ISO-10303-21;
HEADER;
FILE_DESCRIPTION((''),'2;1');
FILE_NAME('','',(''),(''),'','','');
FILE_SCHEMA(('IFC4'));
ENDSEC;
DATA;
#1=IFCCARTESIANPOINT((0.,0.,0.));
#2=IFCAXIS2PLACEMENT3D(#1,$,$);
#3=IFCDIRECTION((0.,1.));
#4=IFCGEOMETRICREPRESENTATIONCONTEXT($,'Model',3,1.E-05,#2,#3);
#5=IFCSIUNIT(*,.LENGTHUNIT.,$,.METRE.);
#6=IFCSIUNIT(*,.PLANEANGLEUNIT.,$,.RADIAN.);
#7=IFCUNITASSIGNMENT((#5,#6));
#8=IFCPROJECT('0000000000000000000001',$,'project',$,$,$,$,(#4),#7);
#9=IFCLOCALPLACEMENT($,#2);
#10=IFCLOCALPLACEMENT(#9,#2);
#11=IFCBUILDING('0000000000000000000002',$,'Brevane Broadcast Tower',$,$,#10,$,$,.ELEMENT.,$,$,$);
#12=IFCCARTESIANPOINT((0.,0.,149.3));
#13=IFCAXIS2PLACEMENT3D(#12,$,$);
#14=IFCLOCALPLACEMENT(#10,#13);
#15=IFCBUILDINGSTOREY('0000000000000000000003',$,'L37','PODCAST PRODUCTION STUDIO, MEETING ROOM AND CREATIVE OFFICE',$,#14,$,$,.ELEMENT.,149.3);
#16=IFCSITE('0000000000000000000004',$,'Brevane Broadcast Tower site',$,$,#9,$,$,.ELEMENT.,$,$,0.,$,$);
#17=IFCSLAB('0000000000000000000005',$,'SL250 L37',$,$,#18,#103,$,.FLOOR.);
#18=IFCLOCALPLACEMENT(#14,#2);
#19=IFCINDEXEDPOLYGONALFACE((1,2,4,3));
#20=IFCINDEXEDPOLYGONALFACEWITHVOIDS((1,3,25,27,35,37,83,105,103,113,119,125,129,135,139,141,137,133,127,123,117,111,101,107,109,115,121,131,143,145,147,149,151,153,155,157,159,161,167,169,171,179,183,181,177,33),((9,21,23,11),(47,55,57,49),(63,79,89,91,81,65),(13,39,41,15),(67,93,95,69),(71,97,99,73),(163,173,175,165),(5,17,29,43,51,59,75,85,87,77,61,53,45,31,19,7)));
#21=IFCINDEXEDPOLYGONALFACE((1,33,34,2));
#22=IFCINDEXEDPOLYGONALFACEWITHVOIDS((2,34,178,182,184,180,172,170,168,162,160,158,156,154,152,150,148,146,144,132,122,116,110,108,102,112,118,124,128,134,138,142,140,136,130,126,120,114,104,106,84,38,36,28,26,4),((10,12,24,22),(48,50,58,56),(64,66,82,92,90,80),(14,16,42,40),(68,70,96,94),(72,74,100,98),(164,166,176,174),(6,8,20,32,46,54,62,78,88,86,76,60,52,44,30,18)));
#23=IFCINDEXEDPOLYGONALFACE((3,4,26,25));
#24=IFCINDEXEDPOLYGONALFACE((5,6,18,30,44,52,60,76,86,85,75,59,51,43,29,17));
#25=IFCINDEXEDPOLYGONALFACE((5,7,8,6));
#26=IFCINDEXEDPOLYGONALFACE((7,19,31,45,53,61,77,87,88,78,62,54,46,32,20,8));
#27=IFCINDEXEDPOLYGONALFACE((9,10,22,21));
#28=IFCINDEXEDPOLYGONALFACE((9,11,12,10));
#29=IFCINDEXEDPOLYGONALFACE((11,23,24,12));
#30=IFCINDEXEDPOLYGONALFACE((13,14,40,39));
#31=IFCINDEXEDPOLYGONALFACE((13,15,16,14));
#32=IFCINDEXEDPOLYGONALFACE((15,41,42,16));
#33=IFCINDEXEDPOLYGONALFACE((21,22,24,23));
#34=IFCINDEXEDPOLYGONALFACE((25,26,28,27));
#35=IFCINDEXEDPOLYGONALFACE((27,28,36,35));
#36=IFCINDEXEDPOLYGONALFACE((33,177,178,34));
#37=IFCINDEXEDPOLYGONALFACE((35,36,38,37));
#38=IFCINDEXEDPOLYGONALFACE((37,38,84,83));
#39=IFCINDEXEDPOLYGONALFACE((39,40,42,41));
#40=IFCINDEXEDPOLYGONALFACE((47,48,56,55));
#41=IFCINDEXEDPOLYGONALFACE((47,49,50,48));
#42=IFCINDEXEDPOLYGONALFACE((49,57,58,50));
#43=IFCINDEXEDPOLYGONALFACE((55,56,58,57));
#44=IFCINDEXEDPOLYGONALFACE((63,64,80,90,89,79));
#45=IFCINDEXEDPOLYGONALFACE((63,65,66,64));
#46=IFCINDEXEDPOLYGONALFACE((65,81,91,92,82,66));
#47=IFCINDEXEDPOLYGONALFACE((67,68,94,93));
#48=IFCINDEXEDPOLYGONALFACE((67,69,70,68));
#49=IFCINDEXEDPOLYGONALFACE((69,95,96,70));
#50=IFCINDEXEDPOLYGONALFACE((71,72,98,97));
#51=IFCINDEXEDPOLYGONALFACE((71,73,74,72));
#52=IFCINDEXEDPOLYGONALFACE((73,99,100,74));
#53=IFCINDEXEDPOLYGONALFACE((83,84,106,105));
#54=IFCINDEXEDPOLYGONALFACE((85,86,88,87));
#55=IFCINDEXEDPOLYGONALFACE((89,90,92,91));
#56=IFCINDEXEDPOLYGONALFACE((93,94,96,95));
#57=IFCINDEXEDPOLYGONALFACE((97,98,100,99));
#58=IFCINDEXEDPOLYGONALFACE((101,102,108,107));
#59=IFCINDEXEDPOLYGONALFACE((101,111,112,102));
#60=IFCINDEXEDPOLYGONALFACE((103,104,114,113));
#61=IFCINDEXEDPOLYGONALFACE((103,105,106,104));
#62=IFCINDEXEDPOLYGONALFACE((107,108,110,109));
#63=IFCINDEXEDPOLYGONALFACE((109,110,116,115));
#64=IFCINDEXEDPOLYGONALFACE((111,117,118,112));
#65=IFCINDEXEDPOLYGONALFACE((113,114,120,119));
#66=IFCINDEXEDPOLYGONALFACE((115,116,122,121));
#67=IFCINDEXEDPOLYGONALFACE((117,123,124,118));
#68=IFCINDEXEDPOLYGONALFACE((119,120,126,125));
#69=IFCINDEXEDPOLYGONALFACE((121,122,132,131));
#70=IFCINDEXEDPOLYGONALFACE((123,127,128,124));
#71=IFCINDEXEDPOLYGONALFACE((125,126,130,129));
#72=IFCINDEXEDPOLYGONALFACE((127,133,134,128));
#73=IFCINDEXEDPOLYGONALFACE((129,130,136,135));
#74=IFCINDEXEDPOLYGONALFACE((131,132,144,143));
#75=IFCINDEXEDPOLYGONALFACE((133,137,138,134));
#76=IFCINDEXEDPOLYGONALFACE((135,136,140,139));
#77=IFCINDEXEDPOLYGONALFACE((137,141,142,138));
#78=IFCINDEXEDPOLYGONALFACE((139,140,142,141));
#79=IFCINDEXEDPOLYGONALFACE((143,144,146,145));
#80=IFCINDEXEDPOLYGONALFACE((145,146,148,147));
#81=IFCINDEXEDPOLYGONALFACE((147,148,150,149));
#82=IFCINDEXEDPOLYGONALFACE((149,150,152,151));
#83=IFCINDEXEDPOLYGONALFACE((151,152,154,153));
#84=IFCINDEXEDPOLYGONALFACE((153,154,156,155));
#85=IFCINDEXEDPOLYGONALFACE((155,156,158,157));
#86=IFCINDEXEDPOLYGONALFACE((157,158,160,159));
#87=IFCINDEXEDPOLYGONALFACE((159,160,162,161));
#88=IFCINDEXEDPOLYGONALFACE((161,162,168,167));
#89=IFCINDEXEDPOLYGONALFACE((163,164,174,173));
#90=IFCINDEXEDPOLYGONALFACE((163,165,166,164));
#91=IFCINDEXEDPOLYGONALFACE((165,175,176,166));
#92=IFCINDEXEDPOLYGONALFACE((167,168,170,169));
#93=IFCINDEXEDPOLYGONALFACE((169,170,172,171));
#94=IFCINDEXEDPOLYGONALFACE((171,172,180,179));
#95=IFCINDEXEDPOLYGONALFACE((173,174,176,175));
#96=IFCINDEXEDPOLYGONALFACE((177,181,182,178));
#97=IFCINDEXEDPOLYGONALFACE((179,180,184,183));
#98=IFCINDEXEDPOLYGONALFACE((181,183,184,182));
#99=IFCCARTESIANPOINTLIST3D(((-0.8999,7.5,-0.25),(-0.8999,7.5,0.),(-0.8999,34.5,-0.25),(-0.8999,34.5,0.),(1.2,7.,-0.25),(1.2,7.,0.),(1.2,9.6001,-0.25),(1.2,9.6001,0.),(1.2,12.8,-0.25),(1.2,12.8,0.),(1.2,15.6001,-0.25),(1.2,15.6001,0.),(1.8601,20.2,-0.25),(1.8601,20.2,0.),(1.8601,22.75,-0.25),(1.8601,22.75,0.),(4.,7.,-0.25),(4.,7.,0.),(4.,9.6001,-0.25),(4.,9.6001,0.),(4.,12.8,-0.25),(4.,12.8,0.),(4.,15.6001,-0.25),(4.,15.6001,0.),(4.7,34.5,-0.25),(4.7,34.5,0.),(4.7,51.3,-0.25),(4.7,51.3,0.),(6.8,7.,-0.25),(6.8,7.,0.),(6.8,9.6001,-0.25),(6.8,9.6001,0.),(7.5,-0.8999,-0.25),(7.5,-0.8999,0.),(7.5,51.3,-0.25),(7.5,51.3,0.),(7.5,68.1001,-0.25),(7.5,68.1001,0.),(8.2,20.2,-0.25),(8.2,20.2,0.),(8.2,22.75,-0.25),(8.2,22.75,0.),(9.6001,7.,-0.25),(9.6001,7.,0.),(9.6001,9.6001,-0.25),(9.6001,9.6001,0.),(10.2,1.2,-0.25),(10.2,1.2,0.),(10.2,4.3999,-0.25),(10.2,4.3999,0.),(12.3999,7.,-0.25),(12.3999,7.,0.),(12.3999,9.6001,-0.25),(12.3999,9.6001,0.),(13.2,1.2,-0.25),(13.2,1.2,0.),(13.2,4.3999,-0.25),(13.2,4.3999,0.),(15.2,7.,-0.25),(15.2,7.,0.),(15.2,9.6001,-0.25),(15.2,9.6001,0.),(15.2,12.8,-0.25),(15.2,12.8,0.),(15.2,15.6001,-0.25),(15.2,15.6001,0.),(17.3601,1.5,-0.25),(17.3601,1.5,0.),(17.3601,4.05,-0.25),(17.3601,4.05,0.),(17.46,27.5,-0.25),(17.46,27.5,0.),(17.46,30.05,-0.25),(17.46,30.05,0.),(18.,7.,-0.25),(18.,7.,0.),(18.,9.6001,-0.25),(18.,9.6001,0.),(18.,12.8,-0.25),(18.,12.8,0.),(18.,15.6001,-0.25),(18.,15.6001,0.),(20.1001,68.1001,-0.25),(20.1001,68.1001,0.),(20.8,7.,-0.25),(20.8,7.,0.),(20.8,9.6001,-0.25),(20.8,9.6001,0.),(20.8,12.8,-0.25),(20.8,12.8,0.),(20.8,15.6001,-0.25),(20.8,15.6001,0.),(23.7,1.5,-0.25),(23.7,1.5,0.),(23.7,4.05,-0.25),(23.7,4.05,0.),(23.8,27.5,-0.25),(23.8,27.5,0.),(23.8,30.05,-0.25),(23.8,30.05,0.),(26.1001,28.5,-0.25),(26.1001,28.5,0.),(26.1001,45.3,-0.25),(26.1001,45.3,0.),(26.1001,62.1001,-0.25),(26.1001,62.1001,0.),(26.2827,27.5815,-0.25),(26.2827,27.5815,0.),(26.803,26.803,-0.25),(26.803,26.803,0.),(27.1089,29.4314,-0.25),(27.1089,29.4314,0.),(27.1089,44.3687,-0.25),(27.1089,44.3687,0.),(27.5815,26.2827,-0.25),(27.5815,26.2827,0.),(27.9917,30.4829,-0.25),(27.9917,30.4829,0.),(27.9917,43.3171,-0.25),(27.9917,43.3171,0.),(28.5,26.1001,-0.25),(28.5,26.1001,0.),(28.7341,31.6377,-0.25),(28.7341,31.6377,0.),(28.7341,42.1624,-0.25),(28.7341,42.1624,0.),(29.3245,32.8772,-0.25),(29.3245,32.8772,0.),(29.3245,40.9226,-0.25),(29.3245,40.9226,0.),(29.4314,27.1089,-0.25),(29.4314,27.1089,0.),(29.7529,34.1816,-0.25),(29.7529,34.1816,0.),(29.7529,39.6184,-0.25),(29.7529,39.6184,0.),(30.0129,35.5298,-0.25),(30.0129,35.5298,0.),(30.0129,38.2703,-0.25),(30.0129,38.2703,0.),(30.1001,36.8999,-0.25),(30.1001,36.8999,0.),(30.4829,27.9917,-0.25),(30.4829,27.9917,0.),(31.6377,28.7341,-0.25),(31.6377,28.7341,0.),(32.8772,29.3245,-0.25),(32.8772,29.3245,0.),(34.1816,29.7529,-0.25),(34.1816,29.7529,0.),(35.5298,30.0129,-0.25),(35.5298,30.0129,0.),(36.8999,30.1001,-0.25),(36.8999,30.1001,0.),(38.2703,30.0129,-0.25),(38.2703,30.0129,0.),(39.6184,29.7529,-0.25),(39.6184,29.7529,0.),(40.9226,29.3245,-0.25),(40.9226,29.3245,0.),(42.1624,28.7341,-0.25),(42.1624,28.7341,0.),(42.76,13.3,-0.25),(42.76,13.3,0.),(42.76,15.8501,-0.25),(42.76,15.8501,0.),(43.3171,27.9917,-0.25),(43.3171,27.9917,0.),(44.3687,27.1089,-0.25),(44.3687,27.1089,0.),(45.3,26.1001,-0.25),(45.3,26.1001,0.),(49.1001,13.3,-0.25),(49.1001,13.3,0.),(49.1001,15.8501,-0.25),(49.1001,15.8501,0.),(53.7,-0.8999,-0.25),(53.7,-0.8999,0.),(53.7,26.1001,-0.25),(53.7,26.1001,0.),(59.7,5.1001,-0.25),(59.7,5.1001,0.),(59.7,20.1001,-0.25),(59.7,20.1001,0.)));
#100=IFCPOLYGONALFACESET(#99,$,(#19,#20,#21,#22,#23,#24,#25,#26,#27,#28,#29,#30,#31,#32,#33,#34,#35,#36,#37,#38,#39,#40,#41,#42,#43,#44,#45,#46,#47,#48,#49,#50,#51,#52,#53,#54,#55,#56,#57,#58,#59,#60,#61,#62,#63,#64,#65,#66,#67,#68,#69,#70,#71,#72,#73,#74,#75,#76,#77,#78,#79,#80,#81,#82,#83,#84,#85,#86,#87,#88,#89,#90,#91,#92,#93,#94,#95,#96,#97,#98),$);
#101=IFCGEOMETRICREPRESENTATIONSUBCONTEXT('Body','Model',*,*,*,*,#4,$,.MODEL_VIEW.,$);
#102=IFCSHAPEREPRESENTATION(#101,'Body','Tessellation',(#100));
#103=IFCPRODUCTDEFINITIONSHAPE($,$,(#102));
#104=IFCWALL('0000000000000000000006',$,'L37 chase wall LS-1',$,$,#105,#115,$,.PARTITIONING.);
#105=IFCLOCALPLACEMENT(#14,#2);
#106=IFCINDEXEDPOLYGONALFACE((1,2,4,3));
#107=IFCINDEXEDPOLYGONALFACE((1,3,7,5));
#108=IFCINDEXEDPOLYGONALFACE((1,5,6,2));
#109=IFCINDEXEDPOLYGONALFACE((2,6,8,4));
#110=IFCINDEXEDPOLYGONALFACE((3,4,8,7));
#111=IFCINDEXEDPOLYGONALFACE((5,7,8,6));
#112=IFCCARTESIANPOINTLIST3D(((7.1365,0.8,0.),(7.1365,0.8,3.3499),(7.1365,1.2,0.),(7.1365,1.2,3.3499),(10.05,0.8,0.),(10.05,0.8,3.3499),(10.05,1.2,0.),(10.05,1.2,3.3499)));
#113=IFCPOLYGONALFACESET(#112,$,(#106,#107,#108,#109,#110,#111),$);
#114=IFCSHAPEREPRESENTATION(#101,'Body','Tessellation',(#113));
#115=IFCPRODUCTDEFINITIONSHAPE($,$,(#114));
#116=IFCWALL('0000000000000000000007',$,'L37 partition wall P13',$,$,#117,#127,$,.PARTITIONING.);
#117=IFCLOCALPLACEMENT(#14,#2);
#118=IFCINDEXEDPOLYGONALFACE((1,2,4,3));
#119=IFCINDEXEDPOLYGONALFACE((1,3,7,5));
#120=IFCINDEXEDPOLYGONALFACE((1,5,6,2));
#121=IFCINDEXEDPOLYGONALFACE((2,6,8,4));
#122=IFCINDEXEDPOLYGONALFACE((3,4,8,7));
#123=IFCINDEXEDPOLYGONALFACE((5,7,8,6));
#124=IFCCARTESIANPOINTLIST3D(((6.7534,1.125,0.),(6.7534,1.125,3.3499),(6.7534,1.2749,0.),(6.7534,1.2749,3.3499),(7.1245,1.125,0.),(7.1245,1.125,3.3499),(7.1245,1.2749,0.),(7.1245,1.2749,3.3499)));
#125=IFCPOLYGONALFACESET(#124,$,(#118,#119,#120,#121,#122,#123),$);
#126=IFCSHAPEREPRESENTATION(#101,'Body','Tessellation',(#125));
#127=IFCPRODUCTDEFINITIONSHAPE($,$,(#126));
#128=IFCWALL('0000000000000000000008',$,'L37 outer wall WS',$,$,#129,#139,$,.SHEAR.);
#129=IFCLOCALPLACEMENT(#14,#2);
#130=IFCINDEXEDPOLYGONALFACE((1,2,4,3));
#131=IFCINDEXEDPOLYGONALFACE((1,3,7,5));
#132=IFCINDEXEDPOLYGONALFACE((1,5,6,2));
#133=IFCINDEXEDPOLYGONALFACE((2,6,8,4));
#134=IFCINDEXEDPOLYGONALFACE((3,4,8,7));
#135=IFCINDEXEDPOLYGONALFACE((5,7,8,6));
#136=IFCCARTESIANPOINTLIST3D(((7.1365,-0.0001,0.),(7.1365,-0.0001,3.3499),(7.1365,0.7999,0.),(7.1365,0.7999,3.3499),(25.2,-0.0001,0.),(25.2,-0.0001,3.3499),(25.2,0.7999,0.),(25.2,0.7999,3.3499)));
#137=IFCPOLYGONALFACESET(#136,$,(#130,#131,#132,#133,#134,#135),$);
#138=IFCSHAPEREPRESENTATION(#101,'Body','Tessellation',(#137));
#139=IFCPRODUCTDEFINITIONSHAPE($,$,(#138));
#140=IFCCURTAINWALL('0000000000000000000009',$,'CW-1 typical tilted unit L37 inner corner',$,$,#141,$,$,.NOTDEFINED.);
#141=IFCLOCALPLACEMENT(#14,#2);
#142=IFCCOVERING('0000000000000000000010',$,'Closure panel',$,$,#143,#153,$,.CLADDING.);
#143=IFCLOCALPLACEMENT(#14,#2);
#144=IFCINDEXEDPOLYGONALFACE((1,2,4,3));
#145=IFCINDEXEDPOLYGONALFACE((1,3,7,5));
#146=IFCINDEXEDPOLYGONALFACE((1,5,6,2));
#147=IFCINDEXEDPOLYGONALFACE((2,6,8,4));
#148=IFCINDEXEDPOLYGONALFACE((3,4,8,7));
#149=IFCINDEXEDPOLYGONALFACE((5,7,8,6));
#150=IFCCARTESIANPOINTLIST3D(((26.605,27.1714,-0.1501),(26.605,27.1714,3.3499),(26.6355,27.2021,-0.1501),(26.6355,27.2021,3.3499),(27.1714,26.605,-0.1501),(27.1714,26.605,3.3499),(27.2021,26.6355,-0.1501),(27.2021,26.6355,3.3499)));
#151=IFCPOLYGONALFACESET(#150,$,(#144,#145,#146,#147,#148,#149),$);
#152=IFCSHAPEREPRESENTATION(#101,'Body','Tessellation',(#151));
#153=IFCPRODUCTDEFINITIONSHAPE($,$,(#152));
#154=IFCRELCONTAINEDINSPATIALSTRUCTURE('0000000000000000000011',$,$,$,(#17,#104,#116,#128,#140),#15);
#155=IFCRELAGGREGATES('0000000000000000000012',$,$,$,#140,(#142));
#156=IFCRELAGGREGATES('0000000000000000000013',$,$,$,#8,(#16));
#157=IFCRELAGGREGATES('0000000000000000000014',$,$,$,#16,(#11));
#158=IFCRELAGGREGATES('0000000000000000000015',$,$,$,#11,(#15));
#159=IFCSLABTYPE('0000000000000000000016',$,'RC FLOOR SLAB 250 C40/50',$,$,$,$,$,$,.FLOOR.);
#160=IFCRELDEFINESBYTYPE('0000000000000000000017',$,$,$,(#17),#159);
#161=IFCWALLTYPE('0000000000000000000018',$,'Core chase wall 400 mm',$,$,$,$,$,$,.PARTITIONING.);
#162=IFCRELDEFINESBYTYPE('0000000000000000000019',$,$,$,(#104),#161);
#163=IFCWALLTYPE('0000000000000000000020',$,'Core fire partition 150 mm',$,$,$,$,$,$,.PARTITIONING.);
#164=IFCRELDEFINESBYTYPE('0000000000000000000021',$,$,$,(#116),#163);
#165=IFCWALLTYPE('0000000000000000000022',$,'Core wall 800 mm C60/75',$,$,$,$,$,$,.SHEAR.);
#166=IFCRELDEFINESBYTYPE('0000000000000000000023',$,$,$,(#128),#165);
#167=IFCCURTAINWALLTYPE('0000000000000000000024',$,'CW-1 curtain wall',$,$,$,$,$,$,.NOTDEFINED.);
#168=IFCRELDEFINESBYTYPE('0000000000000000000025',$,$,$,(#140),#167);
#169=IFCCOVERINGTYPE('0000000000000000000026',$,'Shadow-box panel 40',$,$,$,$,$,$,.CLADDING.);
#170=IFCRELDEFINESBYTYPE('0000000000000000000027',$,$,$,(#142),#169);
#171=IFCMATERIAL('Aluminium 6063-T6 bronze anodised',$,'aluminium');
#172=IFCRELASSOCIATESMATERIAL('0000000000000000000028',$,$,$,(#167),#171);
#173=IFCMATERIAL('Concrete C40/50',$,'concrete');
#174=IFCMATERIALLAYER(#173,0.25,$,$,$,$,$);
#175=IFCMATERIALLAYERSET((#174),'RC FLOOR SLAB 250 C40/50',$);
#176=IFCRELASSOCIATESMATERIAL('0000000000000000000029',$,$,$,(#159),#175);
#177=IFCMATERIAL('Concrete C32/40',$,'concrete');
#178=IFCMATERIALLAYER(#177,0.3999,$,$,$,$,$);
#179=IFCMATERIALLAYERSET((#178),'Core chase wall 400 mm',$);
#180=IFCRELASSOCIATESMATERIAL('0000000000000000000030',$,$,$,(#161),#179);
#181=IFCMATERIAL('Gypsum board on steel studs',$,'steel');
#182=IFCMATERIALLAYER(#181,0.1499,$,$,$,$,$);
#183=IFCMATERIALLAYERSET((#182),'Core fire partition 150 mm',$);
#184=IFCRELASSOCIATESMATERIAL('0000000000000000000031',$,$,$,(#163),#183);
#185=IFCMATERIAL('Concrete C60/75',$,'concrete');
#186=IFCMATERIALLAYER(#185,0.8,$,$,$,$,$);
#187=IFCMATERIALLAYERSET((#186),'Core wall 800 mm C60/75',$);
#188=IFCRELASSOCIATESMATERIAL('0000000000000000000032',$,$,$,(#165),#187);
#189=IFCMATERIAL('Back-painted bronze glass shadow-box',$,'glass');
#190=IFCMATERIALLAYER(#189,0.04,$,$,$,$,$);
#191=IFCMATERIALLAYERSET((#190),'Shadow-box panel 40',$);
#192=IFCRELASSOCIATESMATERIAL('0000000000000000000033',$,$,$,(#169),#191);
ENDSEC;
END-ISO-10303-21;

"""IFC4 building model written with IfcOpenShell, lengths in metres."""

from ifc_helpers import new_model, si_unit, direction, frame, frame_2d, origin, place, context, subcontext, project, spatial, polyline, rectangle, outline, extrude, material, layer, layer_set, type_object, element, aggregate, save


model = new_model("IFC4")

# Units and contexts
model_context = context("Model", 3, precision=1e-05, world=origin(), true_north=direction((0.0, 1.0)))
body_context = subcontext(model_context, "Body", "Model", "MODEL_VIEW")
ifc_project = project(units=[si_unit("LENGTHUNIT", "METRE"), si_unit("PLANEANGLEUNIT", "RADIAN")], contexts=[model_context])

# Site, building, storey
site_placement = place(None, origin())
site = spatial("IfcSite", under=ifc_project, at=site_placement, Name="Brevane Broadcast Tower site", CompositionType="ELEMENT", RefElevation=0.0)
building_placement = place(site_placement, origin())
building = spatial("IfcBuilding", under=site, at=building_placement, Name="Brevane Broadcast Tower", CompositionType="ELEMENT")
storey_placement = place(building_placement, frame((0.0, 0.0, 149.3)))
storey = spatial("IfcBuildingStorey", under=building, at=storey_placement, Name="L37", Description="PODCAST PRODUCTION STUDIO, MEETING ROOM AND CREATIVE OFFICE", CompositionType="ELEMENT", Elevation=149.3)

# Shared definitions
ifc_material_1 = material(Name="Aluminium 6063-T6 bronze anodised", Category="aluminium")
curtain_wall_type = type_object("IfcCurtainWallType", Name="CW-1 curtain wall", PredefinedType="NOTDEFINED", material=ifc_material_1)

# Slab
ifc_material_2 = material(Name="Concrete C40/50", Category="concrete")
ifc_layer_1 = layer(ifc_material_2, 0.25)
ifc_layer_set_1 = layer_set([ifc_layer_1], Name="RC FLOOR SLAB 250 C40/50")
slab_type_1 = type_object("IfcSlabType", Name="RC FLOOR SLAB 250 C40/50", PredefinedType="FLOOR", material=ifc_layer_set_1)
slab_1_placement = place(storey_placement, frame((0.0, 0.0, -0.25)))
element("IfcSlab", 1, at=slab_1_placement, inside=storey, type_object=slab_type_1, Name="SL250 L37", PredefinedType="FLOOR", context=body_context, shape_type="SweptSolid", body=[
    extrude(outline(polyline([(-0.8999, 7.5), (-0.8999, 34.5), (4.7, 34.5), (4.7, 51.3), (7.5, 51.3), (7.5, 68.1001), (20.1001, 68.1001), (26.1001, 62.1001), (26.1001, 45.3), (27.1089, 44.3687), (27.9917, 43.3171), (28.7341, 42.1624), (29.3245, 40.9226), (29.7529, 39.6184), (30.0129, 38.2703), (30.1001, 36.8999), (30.0129, 35.5298), (29.7529, 34.1816), (29.3245, 32.8772), (28.7341, 31.6377), (27.9917, 30.4829), (27.1089, 29.4314), (26.1001, 28.5), (26.2827, 27.5815), (26.803, 26.803), (27.5815, 26.2827), (28.5, 26.1001), (29.4314, 27.1089), (30.4829, 27.9917), (31.6377, 28.7341), (32.8772, 29.3245), (34.1816, 29.7529), (35.5298, 30.0129), (36.8999, 30.1001), (38.2703, 30.0129), (39.6184, 29.7529), (40.9226, 29.3245), (42.1624, 28.7341), (43.3171, 27.9917), (44.3687, 27.1089), (45.3, 26.1001), (53.7, 26.1001), (59.7, 20.1001), (59.7, 5.1001), (53.7, -0.8999), (7.5, -0.8999), (-0.8999, 7.5)]), holes=[polyline([(13.2, 4.3999), (10.2, 4.3999), (10.2, 1.2), (13.2, 1.2), (13.2, 4.3999)]), polyline([(4.0, 9.6001), (1.2, 9.6001), (1.2, 7.0), (4.0, 7.0), (6.8, 7.0), (9.6001, 7.0), (12.3999, 7.0), (15.2, 7.0), (18.0, 7.0), (20.8, 7.0), (20.8, 9.6001), (18.0, 9.6001), (15.2, 9.6001), (12.3999, 9.6001), (9.6001, 9.6001), (6.8, 9.6001), (4.0, 9.6001)]), polyline([(4.0, 12.8), (4.0, 15.6001), (1.2, 15.6001), (1.2, 12.8), (4.0, 12.8)]), polyline([(8.2, 22.75), (1.8601, 22.75), (1.8601, 20.2), (8.2, 20.2), (8.2, 22.75)]), polyline([(23.7, 4.05), (17.3601, 4.05), (17.3601, 1.5), (23.7, 1.5), (23.7, 4.05)]), polyline([(18.0, 15.6001), (15.2, 15.6001), (15.2, 12.8), (18.0, 12.8), (20.8, 12.8), (20.8, 15.6001), (18.0, 15.6001)]), polyline([(49.1001, 15.8501), (42.76, 15.8501), (42.76, 13.3), (49.1001, 13.3), (49.1001, 15.8501)]), polyline([(23.8, 30.05), (17.46, 30.05), (17.46, 27.5), (23.8, 27.5), (23.8, 30.05)])]), origin(), (0.0, 0.0, 1.0), 0.25),
])

# Walls
ifc_material_3 = material(Name="Concrete C32/40", Category="concrete")
ifc_layer_2 = layer(ifc_material_3, 0.3999)
ifc_layer_set_2 = layer_set([ifc_layer_2], Name="Core chase wall 400 mm")
wall_type_1 = type_object("IfcWallType", Name="Core chase wall 400 mm", PredefinedType="PARTITIONING", material=ifc_layer_set_2)
wall_1_placement = place(storey_placement, frame((7.1365, 1.0, 0.0), z_axis=(0.0, 0.0, 1.0), x_axis=(1.0, 0.0, 0.0)))
element("IfcWall", 2, at=wall_1_placement, inside=storey, type_object=wall_type_1, Name="L37 chase wall LS-1", PredefinedType="PARTITIONING", context=body_context, shape_type="SweptSolid", body=[
    extrude(rectangle(XDim=2.9136, YDim=0.3999, at=frame_2d((1.4568, 0.0))), origin(), (0.0, 0.0, 1.0), 3.3499),
])
ifc_material_4 = material(Name="Gypsum board on steel studs", Category="steel")
ifc_layer_3 = layer(ifc_material_4, 0.1499)
ifc_layer_set_3 = layer_set([ifc_layer_3], Name="Core fire partition 150 mm")
wall_type_2 = type_object("IfcWallType", Name="Core fire partition 150 mm", PredefinedType="PARTITIONING", material=ifc_layer_set_3)
wall_2_placement = place(storey_placement, frame((7.1245, 1.2, 0.0), z_axis=(0.0, 0.0, 1.0), x_axis=(-1.0, 0.0, 0.0)))
element("IfcWall", 3, at=wall_2_placement, inside=storey, type_object=wall_type_2, Name="L37 partition wall P13", PredefinedType="PARTITIONING", context=body_context, shape_type="SweptSolid", body=[
    extrude(rectangle(XDim=0.3711, YDim=0.1499, at=frame_2d((0.1855, 0.0))), origin(), (0.0, 0.0, 1.0), 3.3499),
])
ifc_material_5 = material(Name="Concrete C60/75", Category="concrete")
ifc_layer_4 = layer(ifc_material_5, 0.8)
ifc_layer_set_4 = layer_set([ifc_layer_4], Name="Core wall 800 mm C60/75")
wall_type_3 = type_object("IfcWallType", Name="Core wall 800 mm C60/75", PredefinedType="SHEAR", material=ifc_layer_set_4)
wall_3_placement = place(storey_placement, frame((7.1365, 0.3999, 0.0), z_axis=(0.0, 0.0, 1.0), x_axis=(1.0, 0.0, 0.0)))
element("IfcWall", 4, at=wall_3_placement, inside=storey, type_object=wall_type_3, Name="L37 outer wall WS", PredefinedType="SHEAR", context=body_context, shape_type="SweptSolid", body=[
    extrude(rectangle(XDim=18.0635, YDim=0.8, at=frame_2d((9.0317, 0.0))), origin(), (0.0, 0.0, 1.0), 3.3499),
])

# Curtain wall, covering
curtain_wall_1_placement = place(storey_placement, origin())
curtain_wall_1 = element("IfcCurtainWall", 5, at=curtain_wall_1_placement, inside=storey, type_object=curtain_wall_type, Name="CW-1 typical tilted unit L37 inner corner", PredefinedType="NOTDEFINED")
ifc_material_6 = material(Name="Back-painted bronze glass shadow-box", Category="glass")
ifc_layer_5 = layer(ifc_material_6, 0.04)
ifc_layer_set_5 = layer_set([ifc_layer_5], Name="Shadow-box panel 40")
covering_type = type_object("IfcCoveringType", Name="Shadow-box panel 40", PredefinedType="CLADDING", material=ifc_layer_set_5)
covering_placement = place(storey_placement, frame((0.0, 0.0, -0.1501)))
covering = element("IfcCovering", 6, at=covering_placement, type_object=covering_type, Name="Closure panel", PredefinedType="CLADDING", context=body_context, shape_type="SweptSolid", body=[
    extrude(outline(polyline([(27.1714, 26.605), (27.2021, 26.6355), (26.6355, 27.2021), (26.605, 27.1714), (27.1714, 26.605)])), origin(), (0.0, 0.0, 1.0), 3.5),
])
aggregate(curtain_wall_1, [covering])

save(model, "model.ifc")
